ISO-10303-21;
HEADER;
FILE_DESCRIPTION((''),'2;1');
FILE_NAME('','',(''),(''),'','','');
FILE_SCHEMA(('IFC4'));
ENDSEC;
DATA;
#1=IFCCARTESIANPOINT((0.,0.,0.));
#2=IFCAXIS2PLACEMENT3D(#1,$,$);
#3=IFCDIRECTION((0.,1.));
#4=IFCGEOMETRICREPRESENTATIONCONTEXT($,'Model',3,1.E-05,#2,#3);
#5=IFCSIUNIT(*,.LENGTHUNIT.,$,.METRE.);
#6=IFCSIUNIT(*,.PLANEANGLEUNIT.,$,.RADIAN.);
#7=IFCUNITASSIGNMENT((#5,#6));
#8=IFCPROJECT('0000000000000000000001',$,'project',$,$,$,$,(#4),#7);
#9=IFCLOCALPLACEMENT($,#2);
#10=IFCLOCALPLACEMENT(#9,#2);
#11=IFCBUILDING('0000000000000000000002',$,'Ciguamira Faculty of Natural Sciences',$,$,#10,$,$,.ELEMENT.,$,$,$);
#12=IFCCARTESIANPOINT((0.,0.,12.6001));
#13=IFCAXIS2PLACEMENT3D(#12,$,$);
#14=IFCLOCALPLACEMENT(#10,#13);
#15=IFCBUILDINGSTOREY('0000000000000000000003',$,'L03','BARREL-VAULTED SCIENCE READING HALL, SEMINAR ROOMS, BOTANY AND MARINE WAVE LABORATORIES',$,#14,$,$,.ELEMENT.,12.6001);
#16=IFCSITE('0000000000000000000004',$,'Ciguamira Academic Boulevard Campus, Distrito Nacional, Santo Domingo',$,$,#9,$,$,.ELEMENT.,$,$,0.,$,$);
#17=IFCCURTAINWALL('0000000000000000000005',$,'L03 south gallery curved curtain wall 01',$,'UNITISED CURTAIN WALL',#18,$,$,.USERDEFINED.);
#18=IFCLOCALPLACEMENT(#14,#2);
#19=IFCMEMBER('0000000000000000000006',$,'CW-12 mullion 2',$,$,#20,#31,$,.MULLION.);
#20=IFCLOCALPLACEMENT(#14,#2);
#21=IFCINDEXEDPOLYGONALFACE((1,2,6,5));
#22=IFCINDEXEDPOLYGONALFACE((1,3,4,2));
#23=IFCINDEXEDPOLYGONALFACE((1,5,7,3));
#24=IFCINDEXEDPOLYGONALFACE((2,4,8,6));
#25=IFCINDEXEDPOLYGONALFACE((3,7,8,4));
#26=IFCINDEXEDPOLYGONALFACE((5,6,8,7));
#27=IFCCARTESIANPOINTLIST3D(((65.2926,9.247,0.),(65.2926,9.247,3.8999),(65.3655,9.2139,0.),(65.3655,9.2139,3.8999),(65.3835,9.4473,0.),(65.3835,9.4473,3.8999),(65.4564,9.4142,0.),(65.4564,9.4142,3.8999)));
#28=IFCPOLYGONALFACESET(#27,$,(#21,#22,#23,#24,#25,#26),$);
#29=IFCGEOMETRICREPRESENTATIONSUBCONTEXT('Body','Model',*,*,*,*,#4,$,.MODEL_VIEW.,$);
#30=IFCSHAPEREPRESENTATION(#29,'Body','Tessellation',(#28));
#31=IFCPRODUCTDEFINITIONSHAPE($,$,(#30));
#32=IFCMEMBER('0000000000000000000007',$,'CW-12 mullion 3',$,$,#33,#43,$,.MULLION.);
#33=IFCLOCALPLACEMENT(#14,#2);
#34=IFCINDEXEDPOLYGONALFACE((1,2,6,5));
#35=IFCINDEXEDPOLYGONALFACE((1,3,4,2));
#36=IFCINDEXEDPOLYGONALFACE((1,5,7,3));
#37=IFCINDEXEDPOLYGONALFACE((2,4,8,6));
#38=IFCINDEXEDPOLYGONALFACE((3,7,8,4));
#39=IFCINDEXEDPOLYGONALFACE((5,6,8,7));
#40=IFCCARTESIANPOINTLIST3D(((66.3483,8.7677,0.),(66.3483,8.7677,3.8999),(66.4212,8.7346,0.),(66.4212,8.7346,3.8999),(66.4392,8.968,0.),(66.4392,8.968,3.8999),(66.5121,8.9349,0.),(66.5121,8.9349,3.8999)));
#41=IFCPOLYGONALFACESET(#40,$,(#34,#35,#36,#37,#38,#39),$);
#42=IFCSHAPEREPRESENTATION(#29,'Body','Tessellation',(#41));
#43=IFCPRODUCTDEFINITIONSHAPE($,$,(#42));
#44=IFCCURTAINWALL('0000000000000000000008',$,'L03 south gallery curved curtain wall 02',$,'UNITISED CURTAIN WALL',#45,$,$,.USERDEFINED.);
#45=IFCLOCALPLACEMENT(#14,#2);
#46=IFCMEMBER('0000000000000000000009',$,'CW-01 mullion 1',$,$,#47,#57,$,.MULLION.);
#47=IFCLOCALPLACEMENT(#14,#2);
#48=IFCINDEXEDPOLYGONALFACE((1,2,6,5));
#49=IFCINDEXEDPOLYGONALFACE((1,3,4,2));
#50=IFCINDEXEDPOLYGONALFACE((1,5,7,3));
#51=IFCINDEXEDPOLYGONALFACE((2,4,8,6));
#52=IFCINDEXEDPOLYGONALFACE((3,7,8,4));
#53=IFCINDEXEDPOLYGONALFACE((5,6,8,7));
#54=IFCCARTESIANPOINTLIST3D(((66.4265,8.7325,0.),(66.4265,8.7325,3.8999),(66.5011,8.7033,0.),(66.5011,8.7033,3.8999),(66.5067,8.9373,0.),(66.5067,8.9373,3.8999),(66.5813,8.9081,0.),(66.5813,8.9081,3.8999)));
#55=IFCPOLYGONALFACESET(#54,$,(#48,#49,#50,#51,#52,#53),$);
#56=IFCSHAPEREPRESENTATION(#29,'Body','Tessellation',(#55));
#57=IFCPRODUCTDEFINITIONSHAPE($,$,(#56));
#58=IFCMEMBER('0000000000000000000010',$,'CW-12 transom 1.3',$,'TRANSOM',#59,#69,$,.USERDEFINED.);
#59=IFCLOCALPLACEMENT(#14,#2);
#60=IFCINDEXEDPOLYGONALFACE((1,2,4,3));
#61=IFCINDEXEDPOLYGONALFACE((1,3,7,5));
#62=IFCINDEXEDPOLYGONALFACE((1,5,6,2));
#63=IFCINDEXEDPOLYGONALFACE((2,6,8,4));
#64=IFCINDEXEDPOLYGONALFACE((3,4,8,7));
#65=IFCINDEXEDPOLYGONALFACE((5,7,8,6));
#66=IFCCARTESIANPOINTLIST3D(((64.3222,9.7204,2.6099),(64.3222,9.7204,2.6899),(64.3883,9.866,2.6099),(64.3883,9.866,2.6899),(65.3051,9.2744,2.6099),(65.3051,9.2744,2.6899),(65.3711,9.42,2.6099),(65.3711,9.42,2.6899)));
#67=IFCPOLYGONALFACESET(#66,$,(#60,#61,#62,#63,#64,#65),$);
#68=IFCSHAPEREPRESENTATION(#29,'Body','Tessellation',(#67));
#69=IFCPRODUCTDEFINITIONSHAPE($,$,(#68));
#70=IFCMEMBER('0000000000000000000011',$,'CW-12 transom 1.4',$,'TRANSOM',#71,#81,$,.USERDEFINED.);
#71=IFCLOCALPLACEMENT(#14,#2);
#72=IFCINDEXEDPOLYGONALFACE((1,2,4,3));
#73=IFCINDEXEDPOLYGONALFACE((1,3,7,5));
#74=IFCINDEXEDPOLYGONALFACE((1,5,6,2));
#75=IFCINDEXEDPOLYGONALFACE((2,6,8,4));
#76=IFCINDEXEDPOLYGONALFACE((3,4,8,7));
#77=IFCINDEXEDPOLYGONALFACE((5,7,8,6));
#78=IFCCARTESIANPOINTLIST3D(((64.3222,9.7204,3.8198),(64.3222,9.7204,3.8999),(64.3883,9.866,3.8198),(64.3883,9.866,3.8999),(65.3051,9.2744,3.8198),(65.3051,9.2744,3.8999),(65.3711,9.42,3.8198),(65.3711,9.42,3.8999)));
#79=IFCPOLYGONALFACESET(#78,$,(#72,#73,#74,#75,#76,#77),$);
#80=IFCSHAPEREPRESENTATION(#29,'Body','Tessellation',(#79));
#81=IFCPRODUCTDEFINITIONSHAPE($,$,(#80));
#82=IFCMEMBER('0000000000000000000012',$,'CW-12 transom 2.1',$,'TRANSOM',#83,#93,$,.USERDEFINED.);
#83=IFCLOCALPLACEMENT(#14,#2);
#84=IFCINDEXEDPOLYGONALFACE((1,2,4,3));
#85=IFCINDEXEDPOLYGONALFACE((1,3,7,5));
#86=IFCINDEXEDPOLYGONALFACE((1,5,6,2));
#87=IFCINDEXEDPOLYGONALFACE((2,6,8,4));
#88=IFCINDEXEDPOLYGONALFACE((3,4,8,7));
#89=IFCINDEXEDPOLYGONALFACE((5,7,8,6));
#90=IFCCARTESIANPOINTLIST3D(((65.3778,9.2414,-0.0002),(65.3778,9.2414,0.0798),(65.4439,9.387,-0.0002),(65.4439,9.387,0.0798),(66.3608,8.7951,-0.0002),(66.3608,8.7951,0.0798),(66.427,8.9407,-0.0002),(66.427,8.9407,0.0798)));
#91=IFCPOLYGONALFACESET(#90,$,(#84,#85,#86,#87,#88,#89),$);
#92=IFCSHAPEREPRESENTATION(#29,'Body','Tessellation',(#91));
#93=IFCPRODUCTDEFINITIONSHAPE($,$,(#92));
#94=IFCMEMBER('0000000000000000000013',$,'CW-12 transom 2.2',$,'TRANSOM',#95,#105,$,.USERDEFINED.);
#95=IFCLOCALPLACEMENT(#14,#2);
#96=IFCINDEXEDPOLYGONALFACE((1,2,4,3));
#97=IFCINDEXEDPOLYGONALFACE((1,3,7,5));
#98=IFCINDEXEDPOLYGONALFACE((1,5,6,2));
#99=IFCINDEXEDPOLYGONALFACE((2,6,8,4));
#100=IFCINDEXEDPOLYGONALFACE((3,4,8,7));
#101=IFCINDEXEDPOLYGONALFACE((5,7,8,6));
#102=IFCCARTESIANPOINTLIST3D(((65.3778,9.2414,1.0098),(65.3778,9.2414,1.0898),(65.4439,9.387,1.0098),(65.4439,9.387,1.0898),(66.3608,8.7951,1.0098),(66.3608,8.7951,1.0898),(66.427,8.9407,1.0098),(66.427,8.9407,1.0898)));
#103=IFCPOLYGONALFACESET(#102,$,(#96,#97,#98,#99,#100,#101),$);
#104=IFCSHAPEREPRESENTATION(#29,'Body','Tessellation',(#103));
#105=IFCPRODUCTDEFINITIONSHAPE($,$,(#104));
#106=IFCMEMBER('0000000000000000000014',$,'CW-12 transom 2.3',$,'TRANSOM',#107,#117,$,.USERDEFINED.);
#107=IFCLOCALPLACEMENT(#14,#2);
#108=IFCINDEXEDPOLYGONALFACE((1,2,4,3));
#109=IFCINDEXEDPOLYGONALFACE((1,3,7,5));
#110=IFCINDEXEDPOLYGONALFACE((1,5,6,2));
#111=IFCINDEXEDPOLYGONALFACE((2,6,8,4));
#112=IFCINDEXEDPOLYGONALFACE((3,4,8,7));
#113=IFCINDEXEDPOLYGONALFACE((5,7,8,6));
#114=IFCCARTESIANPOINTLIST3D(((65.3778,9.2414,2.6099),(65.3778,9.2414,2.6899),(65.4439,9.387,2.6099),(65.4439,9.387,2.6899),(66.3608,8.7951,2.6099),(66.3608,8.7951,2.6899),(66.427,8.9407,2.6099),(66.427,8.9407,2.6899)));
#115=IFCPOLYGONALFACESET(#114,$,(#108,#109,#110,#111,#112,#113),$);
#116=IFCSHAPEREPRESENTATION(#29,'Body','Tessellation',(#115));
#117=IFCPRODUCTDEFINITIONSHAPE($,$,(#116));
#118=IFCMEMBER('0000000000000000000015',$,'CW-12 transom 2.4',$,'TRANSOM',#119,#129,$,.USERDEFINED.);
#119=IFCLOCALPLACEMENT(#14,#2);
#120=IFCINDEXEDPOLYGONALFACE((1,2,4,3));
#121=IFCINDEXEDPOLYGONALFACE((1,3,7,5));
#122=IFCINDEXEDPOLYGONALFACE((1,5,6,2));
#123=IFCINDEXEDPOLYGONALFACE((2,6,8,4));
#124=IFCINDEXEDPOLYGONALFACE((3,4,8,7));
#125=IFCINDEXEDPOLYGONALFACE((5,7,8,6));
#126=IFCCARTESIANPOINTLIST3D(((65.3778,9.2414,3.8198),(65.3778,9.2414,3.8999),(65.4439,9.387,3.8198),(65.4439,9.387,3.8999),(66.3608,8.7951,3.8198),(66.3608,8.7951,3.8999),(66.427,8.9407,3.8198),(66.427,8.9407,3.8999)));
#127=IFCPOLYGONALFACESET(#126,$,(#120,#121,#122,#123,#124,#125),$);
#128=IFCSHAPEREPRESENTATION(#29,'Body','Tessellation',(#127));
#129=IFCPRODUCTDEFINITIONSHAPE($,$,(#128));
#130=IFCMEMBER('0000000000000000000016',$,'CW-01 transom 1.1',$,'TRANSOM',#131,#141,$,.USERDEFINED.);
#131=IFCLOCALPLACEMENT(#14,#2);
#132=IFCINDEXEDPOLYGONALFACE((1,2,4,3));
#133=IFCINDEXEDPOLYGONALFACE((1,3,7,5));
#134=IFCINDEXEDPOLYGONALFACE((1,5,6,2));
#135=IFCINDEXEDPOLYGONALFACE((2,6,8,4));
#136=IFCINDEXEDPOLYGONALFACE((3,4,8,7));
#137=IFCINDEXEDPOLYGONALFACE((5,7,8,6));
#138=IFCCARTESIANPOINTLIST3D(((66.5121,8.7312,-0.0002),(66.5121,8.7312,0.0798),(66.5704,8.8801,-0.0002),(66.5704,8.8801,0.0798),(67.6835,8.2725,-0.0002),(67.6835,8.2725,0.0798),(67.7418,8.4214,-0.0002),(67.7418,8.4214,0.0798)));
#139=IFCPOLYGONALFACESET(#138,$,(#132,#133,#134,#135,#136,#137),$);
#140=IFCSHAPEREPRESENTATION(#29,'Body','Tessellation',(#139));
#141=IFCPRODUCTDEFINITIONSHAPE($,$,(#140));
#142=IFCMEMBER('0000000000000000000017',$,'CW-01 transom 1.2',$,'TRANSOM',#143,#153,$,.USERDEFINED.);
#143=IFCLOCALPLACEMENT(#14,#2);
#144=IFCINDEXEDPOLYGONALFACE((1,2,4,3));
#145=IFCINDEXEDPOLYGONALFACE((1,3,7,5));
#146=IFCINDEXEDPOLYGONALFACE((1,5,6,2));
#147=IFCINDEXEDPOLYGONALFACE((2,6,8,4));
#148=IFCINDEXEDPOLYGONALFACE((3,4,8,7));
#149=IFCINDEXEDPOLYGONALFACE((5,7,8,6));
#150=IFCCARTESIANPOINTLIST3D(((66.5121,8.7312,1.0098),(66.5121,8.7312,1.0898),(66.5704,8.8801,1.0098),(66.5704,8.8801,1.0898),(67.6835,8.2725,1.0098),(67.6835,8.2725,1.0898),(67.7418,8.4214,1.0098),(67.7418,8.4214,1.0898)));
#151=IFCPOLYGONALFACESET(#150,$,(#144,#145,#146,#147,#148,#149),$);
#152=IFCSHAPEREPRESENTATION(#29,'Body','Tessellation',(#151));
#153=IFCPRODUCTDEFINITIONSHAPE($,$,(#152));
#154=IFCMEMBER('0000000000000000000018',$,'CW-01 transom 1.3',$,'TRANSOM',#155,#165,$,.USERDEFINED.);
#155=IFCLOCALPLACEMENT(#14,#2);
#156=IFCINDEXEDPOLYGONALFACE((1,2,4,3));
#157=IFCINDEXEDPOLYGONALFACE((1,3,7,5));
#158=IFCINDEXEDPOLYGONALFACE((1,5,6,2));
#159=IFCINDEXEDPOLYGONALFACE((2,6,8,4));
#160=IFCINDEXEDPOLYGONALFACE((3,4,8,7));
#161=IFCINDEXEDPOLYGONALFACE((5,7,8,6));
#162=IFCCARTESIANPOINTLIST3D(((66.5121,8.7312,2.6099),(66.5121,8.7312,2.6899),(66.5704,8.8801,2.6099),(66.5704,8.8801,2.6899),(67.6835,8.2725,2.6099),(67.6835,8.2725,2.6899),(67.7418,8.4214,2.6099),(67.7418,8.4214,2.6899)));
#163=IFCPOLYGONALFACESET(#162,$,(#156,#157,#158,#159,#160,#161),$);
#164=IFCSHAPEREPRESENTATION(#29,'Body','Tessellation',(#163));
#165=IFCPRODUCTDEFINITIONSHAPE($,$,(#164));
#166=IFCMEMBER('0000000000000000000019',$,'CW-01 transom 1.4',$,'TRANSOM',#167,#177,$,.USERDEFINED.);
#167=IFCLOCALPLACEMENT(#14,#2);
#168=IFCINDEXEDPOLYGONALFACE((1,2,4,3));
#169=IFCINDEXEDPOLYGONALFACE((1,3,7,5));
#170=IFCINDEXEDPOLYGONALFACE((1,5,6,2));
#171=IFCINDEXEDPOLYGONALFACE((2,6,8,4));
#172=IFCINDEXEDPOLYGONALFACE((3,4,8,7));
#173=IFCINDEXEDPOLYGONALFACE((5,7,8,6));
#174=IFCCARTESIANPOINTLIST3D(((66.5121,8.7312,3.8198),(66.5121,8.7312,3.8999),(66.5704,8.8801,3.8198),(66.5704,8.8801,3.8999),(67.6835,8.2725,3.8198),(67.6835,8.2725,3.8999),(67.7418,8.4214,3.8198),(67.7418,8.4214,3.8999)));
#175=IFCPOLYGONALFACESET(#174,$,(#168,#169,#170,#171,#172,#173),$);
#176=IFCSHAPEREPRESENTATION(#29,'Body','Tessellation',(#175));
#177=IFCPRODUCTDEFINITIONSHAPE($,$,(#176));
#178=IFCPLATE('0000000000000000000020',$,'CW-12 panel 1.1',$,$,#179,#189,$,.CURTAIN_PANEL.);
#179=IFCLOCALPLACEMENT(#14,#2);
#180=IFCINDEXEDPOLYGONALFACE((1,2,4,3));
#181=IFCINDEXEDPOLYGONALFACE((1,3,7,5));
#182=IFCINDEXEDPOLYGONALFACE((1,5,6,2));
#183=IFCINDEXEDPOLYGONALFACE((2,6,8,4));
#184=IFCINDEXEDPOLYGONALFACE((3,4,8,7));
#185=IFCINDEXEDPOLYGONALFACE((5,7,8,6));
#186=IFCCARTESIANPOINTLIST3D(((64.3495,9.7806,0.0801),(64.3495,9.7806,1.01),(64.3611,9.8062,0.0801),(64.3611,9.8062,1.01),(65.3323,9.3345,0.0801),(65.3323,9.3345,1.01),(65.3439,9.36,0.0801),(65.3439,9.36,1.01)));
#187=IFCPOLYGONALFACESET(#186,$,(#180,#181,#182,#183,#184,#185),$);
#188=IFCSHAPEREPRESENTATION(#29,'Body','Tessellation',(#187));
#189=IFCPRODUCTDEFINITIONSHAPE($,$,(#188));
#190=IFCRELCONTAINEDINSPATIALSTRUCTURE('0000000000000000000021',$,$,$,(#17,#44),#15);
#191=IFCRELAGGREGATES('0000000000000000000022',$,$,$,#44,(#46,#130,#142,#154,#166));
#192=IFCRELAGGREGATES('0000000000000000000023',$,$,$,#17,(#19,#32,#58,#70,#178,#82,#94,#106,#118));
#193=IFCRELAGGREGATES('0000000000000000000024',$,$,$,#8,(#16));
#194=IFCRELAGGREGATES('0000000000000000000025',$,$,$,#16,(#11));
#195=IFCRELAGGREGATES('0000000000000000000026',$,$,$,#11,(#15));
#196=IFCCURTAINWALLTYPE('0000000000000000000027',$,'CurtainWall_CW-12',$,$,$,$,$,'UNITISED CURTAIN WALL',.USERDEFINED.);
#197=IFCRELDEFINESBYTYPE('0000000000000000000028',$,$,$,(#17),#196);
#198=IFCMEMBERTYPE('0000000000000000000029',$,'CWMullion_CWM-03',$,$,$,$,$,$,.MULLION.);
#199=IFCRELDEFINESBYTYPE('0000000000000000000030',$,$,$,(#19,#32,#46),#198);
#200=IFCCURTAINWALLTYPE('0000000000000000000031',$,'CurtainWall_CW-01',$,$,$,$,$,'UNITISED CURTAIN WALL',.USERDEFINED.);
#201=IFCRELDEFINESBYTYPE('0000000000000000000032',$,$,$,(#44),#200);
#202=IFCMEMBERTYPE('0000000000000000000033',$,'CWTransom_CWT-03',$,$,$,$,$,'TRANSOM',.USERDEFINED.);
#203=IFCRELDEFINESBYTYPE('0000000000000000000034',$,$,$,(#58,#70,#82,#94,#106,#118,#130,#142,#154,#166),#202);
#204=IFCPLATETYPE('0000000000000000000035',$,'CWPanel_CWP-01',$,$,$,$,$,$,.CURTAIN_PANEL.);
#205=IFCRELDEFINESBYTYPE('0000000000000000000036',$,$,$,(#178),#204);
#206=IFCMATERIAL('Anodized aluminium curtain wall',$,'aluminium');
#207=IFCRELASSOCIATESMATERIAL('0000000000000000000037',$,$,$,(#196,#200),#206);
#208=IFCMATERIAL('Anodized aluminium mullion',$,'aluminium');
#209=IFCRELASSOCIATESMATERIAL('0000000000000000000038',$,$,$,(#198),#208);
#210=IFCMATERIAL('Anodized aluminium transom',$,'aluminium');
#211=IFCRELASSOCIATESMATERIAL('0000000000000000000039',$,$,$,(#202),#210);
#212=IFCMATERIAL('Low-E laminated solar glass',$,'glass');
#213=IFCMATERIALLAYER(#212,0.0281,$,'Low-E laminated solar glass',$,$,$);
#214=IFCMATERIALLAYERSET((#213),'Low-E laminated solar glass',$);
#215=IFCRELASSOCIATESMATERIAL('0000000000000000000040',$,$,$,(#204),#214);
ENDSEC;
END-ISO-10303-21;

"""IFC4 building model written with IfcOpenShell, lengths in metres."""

from ifc_helpers import new_model, si_unit, direction, frame, origin, origin_2d, place, context, subcontext, project, spatial, rectangle, extrude, material, layer, layer_set, material_profile, profile_set, type_object, element, aggregate, save


model = new_model("IFC4")

# Units and contexts
model_context = context("Model", 3, precision=1e-05, world=origin(), true_north=direction((0.0, 1.0)))
body_context = subcontext(model_context, "Body", "Model", "MODEL_VIEW")
ifc_project = project(units=[si_unit("LENGTHUNIT", "METRE"), si_unit("PLANEANGLEUNIT", "RADIAN")], contexts=[model_context])

# Site, building, storey
site_placement = place(None, origin())
site = spatial("IfcSite", under=ifc_project, at=site_placement, Name="Ciguamira Academic Boulevard Campus, Distrito Nacional, Santo Domingo", CompositionType="ELEMENT", RefElevation=0.0)
building_placement = place(site_placement, origin())
building = spatial("IfcBuilding", under=site, at=building_placement, Name="Ciguamira Faculty of Natural Sciences", CompositionType="ELEMENT")
storey_placement = place(building_placement, frame((0.0, 0.0, 12.6001)))
storey = spatial("IfcBuildingStorey", under=building, at=storey_placement, Name="L03", Description="BARREL-VAULTED SCIENCE READING HALL, SEMINAR ROOMS, BOTANY AND MARINE WAVE LABORATORIES", CompositionType="ELEMENT", Elevation=12.6001)

# Curtain wall, members
ifc_material_1 = material(Name="Anodized aluminium curtain wall", Category="aluminium")
curtain_wall_type_1 = type_object("IfcCurtainWallType", Name="CurtainWall_CW-12", ElementType="UNITISED CURTAIN WALL", PredefinedType="USERDEFINED", material=ifc_material_1)
curtain_wall_1_placement = place(storey_placement, origin())
curtain_wall_1 = element("IfcCurtainWall", 1, at=curtain_wall_1_placement, inside=storey, type_object=curtain_wall_type_1, Name="L03 south gallery curved curtain wall 01", ObjectType="UNITISED CURTAIN WALL", PredefinedType="USERDEFINED")
ifc_material_2 = material(Name="Anodized aluminium mullion", Category="aluminium")
ifc_material_profile_1 = material_profile(ifc_material_2, rectangle(XDim=0.0801, YDim=0.22, at=origin_2d()), Name="ALU-MUL-80X220")
ifc_profile_set_1 = profile_set([ifc_material_profile_1], Name="Anodized aluminium mullion")
member_type_1 = type_object("IfcMemberType", Name="CWMullion_CWM-03", PredefinedType="MULLION", material=ifc_profile_set_1)
member_1_placement = place(storey_placement, frame((65.3745, 9.3306, 0.0), z_axis=(0.0, 0.0, 1.0), x_axis=(0.910581, -0.413332, 0.0)))
member_1 = element("IfcMember", 2, at=member_1_placement, type_object=member_type_1, Name="CW-12 mullion 2", PredefinedType="MULLION", context=body_context, shape_type="SweptSolid", body=[
    extrude(rectangle(XDim=0.0801, YDim=0.22, at=origin_2d()), origin(), (0.0, 0.0, 1.0), 3.8999),
])
member_2_placement = place(storey_placement, frame((66.4302, 8.8513, 0.0), z_axis=(0.0, 0.0, 1.0), x_axis=(0.910581, -0.413332, 0.0)))
member_2 = element("IfcMember", 3, at=member_2_placement, type_object=member_type_1, Name="CW-12 mullion 3", PredefinedType="MULLION", context=body_context, shape_type="SweptSolid", body=[
    extrude(rectangle(XDim=0.0801, YDim=0.22, at=origin_2d()), origin(), (0.0, 0.0, 1.0), 3.8999),
])

# Curtain wall, member
curtain_wall_type_2 = type_object("IfcCurtainWallType", Name="CurtainWall_CW-01", ElementType="UNITISED CURTAIN WALL", PredefinedType="USERDEFINED", material=ifc_material_1)
curtain_wall_2_placement = place(storey_placement, origin())
curtain_wall_2 = element("IfcCurtainWall", 4, at=curtain_wall_2_placement, inside=storey, type_object=curtain_wall_type_2, Name="L03 south gallery curved curtain wall 02", ObjectType="UNITISED CURTAIN WALL", PredefinedType="USERDEFINED")
member_3_placement = place(storey_placement, frame((66.5039, 8.8203, 0.0), z_axis=(0.0, 0.0, 1.0), x_axis=(0.931122, -0.364707, 0.0)))
member_3 = element("IfcMember", 5, at=member_3_placement, type_object=member_type_1, Name="CW-01 mullion 1", PredefinedType="MULLION", context=body_context, shape_type="SweptSolid", body=[
    extrude(rectangle(XDim=0.0801, YDim=0.22, at=origin_2d()), origin(), (0.0, 0.0, 1.0), 3.8999),
])

# Members
ifc_material_3 = material(Name="Anodized aluminium transom", Category="aluminium")
ifc_material_profile_2 = material_profile(ifc_material_3, rectangle(XDim=0.0801, YDim=0.1599, at=origin_2d()), Name="ALU-TRN-80X160")
ifc_profile_set_2 = profile_set([ifc_material_profile_2], Name="Anodized aluminium transom")
member_type_2 = type_object("IfcMemberType", Name="CWTransom_CWT-03", ElementType="TRANSOM", PredefinedType="USERDEFINED", material=ifc_profile_set_2)
member_4_placement = place(storey_placement, frame((64.3552, 9.7932, 2.6499), z_axis=(0.910622, -0.413241, 0.0), x_axis=(0.0, 0.0, 1.0)))
member_4 = element("IfcMember", 6, at=member_4_placement, type_object=member_type_2, Name="CW-12 transom 1.3", ObjectType="TRANSOM", PredefinedType="USERDEFINED", context=body_context, shape_type="SweptSolid", body=[
    extrude(rectangle(XDim=0.0801, YDim=0.1599, at=origin_2d()), origin(), (0.0, 0.0, 1.0), 1.0793),
])
member_5_placement = place(storey_placement, frame((64.3552, 9.7932, 3.8599), z_axis=(0.910622, -0.413241, 0.0), x_axis=(0.0, 0.0, 1.0)))
member_5 = element("IfcMember", 7, at=member_5_placement, type_object=member_type_2, Name="CW-12 transom 1.4", ObjectType="TRANSOM", PredefinedType="USERDEFINED", context=body_context, shape_type="SweptSolid", body=[
    extrude(rectangle(XDim=0.0801, YDim=0.1599, at=origin_2d()), origin(), (0.0, 0.0, 1.0), 1.0793),
])
member_6_placement = place(storey_placement, frame((65.4109, 9.3142, 0.0398), z_axis=(0.910537, -0.413428, 0.0), x_axis=(0.0, 0.0, 1.0)))
member_6 = element("IfcMember", 8, at=member_6_placement, type_object=member_type_2, Name="CW-12 transom 2.1", ObjectType="TRANSOM", PredefinedType="USERDEFINED", context=body_context, shape_type="SweptSolid", body=[
    extrude(rectangle(XDim=0.0801, YDim=0.1599, at=origin_2d()), origin(), (0.0, 0.0, 1.0), 1.0796),
])
member_7_placement = place(storey_placement, frame((65.4109, 9.3142, 1.0498), z_axis=(0.910537, -0.413428, 0.0), x_axis=(0.0, 0.0, 1.0)))
member_7 = element("IfcMember", 9, at=member_7_placement, type_object=member_type_2, Name="CW-12 transom 2.2", ObjectType="TRANSOM", PredefinedType="USERDEFINED", context=body_context, shape_type="SweptSolid", body=[
    extrude(rectangle(XDim=0.0801, YDim=0.1599, at=origin_2d()), origin(), (0.0, 0.0, 1.0), 1.0796),
])
member_8_placement = place(storey_placement, frame((65.4109, 9.3142, 2.6499), z_axis=(0.910537, -0.413428, 0.0), x_axis=(0.0, 0.0, 1.0)))
member_8 = element("IfcMember", 10, at=member_8_placement, type_object=member_type_2, Name="CW-12 transom 2.3", ObjectType="TRANSOM", PredefinedType="USERDEFINED", context=body_context, shape_type="SweptSolid", body=[
    extrude(rectangle(XDim=0.0801, YDim=0.1599, at=origin_2d()), origin(), (0.0, 0.0, 1.0), 1.0796),
])
member_9_placement = place(storey_placement, frame((65.4109, 9.3142, 3.8599), z_axis=(0.910537, -0.413428, 0.0), x_axis=(0.0, 0.0, 1.0)))
member_9 = element("IfcMember", 11, at=member_9_placement, type_object=member_type_2, Name="CW-12 transom 2.4", ObjectType="TRANSOM", PredefinedType="USERDEFINED", context=body_context, shape_type="SweptSolid", body=[
    extrude(rectangle(XDim=0.0801, YDim=0.1599, at=origin_2d()), origin(), (0.0, 0.0, 1.0), 1.0796),
])
member_10_placement = place(storey_placement, frame((66.5413, 8.8057, 0.0398), z_axis=(0.931143, -0.364655, 0.0), x_axis=(0.0, 0.0, 1.0)))
member_10 = element("IfcMember", 12, at=member_10_placement, type_object=member_type_2, Name="CW-01 transom 1.1", ObjectType="TRANSOM", PredefinedType="USERDEFINED", context=body_context, shape_type="SweptSolid", body=[
    extrude(rectangle(XDim=0.0801, YDim=0.1599, at=origin_2d()), origin(), (0.0, 0.0, 1.0), 1.2581),
])
member_11_placement = place(storey_placement, frame((66.5413, 8.8057, 1.0498), z_axis=(0.931143, -0.364655, 0.0), x_axis=(0.0, 0.0, 1.0)))
member_11 = element("IfcMember", 13, at=member_11_placement, type_object=member_type_2, Name="CW-01 transom 1.2", ObjectType="TRANSOM", PredefinedType="USERDEFINED", context=body_context, shape_type="SweptSolid", body=[
    extrude(rectangle(XDim=0.0801, YDim=0.1599, at=origin_2d()), origin(), (0.0, 0.0, 1.0), 1.2581),
])
member_12_placement = place(storey_placement, frame((66.5413, 8.8057, 2.6499), z_axis=(0.931143, -0.364655, 0.0), x_axis=(0.0, 0.0, 1.0)))
member_12 = element("IfcMember", 14, at=member_12_placement, type_object=member_type_2, Name="CW-01 transom 1.3", ObjectType="TRANSOM", PredefinedType="USERDEFINED", context=body_context, shape_type="SweptSolid", body=[
    extrude(rectangle(XDim=0.0801, YDim=0.1599, at=origin_2d()), origin(), (0.0, 0.0, 1.0), 1.2581),
])
member_13_placement = place(storey_placement, frame((66.5413, 8.8057, 3.8599), z_axis=(0.931143, -0.364655, 0.0), x_axis=(0.0, 0.0, 1.0)))
member_13 = element("IfcMember", 15, at=member_13_placement, type_object=member_type_2, Name="CW-01 transom 1.4", ObjectType="TRANSOM", PredefinedType="USERDEFINED", context=body_context, shape_type="SweptSolid", body=[
    extrude(rectangle(XDim=0.0801, YDim=0.1599, at=origin_2d()), origin(), (0.0, 0.0, 1.0), 1.2581),
])
aggregate(curtain_wall_2, [member_3, member_10, member_11, member_12, member_13])

# Plate
ifc_material_4 = material(Name="Low-E laminated solar glass", Category="glass")
ifc_layer_1 = layer(ifc_material_4, 0.0281, Name="Low-E laminated solar glass")
ifc_layer_set_1 = layer_set([ifc_layer_1], Name="Low-E laminated solar glass")
plate_type = type_object("IfcPlateType", Name="CWPanel_CWP-01", PredefinedType="CURTAIN_PANEL", material=ifc_layer_set_1)
plate_1_placement = place(storey_placement, frame((64.8467, 9.5703, 0.0801), z_axis=(0.0, 0.0, 1.0), x_axis=(0.910581, -0.413332, 0.0)))
plate_1 = element("IfcPlate", 16, at=plate_1_placement, type_object=plate_type, Name="CW-12 panel 1.1", PredefinedType="CURTAIN_PANEL", context=body_context, shape_type="SweptSolid", body=[
    extrude(rectangle(XDim=1.0793, YDim=0.0281, at=origin_2d()), origin(), (0.0, 0.0, 1.0), 0.9299),
])
aggregate(curtain_wall_1, [member_1, member_2, member_4, member_5, plate_1, member_6, member_7, member_8, member_9])

save(model, "model.ifc")
